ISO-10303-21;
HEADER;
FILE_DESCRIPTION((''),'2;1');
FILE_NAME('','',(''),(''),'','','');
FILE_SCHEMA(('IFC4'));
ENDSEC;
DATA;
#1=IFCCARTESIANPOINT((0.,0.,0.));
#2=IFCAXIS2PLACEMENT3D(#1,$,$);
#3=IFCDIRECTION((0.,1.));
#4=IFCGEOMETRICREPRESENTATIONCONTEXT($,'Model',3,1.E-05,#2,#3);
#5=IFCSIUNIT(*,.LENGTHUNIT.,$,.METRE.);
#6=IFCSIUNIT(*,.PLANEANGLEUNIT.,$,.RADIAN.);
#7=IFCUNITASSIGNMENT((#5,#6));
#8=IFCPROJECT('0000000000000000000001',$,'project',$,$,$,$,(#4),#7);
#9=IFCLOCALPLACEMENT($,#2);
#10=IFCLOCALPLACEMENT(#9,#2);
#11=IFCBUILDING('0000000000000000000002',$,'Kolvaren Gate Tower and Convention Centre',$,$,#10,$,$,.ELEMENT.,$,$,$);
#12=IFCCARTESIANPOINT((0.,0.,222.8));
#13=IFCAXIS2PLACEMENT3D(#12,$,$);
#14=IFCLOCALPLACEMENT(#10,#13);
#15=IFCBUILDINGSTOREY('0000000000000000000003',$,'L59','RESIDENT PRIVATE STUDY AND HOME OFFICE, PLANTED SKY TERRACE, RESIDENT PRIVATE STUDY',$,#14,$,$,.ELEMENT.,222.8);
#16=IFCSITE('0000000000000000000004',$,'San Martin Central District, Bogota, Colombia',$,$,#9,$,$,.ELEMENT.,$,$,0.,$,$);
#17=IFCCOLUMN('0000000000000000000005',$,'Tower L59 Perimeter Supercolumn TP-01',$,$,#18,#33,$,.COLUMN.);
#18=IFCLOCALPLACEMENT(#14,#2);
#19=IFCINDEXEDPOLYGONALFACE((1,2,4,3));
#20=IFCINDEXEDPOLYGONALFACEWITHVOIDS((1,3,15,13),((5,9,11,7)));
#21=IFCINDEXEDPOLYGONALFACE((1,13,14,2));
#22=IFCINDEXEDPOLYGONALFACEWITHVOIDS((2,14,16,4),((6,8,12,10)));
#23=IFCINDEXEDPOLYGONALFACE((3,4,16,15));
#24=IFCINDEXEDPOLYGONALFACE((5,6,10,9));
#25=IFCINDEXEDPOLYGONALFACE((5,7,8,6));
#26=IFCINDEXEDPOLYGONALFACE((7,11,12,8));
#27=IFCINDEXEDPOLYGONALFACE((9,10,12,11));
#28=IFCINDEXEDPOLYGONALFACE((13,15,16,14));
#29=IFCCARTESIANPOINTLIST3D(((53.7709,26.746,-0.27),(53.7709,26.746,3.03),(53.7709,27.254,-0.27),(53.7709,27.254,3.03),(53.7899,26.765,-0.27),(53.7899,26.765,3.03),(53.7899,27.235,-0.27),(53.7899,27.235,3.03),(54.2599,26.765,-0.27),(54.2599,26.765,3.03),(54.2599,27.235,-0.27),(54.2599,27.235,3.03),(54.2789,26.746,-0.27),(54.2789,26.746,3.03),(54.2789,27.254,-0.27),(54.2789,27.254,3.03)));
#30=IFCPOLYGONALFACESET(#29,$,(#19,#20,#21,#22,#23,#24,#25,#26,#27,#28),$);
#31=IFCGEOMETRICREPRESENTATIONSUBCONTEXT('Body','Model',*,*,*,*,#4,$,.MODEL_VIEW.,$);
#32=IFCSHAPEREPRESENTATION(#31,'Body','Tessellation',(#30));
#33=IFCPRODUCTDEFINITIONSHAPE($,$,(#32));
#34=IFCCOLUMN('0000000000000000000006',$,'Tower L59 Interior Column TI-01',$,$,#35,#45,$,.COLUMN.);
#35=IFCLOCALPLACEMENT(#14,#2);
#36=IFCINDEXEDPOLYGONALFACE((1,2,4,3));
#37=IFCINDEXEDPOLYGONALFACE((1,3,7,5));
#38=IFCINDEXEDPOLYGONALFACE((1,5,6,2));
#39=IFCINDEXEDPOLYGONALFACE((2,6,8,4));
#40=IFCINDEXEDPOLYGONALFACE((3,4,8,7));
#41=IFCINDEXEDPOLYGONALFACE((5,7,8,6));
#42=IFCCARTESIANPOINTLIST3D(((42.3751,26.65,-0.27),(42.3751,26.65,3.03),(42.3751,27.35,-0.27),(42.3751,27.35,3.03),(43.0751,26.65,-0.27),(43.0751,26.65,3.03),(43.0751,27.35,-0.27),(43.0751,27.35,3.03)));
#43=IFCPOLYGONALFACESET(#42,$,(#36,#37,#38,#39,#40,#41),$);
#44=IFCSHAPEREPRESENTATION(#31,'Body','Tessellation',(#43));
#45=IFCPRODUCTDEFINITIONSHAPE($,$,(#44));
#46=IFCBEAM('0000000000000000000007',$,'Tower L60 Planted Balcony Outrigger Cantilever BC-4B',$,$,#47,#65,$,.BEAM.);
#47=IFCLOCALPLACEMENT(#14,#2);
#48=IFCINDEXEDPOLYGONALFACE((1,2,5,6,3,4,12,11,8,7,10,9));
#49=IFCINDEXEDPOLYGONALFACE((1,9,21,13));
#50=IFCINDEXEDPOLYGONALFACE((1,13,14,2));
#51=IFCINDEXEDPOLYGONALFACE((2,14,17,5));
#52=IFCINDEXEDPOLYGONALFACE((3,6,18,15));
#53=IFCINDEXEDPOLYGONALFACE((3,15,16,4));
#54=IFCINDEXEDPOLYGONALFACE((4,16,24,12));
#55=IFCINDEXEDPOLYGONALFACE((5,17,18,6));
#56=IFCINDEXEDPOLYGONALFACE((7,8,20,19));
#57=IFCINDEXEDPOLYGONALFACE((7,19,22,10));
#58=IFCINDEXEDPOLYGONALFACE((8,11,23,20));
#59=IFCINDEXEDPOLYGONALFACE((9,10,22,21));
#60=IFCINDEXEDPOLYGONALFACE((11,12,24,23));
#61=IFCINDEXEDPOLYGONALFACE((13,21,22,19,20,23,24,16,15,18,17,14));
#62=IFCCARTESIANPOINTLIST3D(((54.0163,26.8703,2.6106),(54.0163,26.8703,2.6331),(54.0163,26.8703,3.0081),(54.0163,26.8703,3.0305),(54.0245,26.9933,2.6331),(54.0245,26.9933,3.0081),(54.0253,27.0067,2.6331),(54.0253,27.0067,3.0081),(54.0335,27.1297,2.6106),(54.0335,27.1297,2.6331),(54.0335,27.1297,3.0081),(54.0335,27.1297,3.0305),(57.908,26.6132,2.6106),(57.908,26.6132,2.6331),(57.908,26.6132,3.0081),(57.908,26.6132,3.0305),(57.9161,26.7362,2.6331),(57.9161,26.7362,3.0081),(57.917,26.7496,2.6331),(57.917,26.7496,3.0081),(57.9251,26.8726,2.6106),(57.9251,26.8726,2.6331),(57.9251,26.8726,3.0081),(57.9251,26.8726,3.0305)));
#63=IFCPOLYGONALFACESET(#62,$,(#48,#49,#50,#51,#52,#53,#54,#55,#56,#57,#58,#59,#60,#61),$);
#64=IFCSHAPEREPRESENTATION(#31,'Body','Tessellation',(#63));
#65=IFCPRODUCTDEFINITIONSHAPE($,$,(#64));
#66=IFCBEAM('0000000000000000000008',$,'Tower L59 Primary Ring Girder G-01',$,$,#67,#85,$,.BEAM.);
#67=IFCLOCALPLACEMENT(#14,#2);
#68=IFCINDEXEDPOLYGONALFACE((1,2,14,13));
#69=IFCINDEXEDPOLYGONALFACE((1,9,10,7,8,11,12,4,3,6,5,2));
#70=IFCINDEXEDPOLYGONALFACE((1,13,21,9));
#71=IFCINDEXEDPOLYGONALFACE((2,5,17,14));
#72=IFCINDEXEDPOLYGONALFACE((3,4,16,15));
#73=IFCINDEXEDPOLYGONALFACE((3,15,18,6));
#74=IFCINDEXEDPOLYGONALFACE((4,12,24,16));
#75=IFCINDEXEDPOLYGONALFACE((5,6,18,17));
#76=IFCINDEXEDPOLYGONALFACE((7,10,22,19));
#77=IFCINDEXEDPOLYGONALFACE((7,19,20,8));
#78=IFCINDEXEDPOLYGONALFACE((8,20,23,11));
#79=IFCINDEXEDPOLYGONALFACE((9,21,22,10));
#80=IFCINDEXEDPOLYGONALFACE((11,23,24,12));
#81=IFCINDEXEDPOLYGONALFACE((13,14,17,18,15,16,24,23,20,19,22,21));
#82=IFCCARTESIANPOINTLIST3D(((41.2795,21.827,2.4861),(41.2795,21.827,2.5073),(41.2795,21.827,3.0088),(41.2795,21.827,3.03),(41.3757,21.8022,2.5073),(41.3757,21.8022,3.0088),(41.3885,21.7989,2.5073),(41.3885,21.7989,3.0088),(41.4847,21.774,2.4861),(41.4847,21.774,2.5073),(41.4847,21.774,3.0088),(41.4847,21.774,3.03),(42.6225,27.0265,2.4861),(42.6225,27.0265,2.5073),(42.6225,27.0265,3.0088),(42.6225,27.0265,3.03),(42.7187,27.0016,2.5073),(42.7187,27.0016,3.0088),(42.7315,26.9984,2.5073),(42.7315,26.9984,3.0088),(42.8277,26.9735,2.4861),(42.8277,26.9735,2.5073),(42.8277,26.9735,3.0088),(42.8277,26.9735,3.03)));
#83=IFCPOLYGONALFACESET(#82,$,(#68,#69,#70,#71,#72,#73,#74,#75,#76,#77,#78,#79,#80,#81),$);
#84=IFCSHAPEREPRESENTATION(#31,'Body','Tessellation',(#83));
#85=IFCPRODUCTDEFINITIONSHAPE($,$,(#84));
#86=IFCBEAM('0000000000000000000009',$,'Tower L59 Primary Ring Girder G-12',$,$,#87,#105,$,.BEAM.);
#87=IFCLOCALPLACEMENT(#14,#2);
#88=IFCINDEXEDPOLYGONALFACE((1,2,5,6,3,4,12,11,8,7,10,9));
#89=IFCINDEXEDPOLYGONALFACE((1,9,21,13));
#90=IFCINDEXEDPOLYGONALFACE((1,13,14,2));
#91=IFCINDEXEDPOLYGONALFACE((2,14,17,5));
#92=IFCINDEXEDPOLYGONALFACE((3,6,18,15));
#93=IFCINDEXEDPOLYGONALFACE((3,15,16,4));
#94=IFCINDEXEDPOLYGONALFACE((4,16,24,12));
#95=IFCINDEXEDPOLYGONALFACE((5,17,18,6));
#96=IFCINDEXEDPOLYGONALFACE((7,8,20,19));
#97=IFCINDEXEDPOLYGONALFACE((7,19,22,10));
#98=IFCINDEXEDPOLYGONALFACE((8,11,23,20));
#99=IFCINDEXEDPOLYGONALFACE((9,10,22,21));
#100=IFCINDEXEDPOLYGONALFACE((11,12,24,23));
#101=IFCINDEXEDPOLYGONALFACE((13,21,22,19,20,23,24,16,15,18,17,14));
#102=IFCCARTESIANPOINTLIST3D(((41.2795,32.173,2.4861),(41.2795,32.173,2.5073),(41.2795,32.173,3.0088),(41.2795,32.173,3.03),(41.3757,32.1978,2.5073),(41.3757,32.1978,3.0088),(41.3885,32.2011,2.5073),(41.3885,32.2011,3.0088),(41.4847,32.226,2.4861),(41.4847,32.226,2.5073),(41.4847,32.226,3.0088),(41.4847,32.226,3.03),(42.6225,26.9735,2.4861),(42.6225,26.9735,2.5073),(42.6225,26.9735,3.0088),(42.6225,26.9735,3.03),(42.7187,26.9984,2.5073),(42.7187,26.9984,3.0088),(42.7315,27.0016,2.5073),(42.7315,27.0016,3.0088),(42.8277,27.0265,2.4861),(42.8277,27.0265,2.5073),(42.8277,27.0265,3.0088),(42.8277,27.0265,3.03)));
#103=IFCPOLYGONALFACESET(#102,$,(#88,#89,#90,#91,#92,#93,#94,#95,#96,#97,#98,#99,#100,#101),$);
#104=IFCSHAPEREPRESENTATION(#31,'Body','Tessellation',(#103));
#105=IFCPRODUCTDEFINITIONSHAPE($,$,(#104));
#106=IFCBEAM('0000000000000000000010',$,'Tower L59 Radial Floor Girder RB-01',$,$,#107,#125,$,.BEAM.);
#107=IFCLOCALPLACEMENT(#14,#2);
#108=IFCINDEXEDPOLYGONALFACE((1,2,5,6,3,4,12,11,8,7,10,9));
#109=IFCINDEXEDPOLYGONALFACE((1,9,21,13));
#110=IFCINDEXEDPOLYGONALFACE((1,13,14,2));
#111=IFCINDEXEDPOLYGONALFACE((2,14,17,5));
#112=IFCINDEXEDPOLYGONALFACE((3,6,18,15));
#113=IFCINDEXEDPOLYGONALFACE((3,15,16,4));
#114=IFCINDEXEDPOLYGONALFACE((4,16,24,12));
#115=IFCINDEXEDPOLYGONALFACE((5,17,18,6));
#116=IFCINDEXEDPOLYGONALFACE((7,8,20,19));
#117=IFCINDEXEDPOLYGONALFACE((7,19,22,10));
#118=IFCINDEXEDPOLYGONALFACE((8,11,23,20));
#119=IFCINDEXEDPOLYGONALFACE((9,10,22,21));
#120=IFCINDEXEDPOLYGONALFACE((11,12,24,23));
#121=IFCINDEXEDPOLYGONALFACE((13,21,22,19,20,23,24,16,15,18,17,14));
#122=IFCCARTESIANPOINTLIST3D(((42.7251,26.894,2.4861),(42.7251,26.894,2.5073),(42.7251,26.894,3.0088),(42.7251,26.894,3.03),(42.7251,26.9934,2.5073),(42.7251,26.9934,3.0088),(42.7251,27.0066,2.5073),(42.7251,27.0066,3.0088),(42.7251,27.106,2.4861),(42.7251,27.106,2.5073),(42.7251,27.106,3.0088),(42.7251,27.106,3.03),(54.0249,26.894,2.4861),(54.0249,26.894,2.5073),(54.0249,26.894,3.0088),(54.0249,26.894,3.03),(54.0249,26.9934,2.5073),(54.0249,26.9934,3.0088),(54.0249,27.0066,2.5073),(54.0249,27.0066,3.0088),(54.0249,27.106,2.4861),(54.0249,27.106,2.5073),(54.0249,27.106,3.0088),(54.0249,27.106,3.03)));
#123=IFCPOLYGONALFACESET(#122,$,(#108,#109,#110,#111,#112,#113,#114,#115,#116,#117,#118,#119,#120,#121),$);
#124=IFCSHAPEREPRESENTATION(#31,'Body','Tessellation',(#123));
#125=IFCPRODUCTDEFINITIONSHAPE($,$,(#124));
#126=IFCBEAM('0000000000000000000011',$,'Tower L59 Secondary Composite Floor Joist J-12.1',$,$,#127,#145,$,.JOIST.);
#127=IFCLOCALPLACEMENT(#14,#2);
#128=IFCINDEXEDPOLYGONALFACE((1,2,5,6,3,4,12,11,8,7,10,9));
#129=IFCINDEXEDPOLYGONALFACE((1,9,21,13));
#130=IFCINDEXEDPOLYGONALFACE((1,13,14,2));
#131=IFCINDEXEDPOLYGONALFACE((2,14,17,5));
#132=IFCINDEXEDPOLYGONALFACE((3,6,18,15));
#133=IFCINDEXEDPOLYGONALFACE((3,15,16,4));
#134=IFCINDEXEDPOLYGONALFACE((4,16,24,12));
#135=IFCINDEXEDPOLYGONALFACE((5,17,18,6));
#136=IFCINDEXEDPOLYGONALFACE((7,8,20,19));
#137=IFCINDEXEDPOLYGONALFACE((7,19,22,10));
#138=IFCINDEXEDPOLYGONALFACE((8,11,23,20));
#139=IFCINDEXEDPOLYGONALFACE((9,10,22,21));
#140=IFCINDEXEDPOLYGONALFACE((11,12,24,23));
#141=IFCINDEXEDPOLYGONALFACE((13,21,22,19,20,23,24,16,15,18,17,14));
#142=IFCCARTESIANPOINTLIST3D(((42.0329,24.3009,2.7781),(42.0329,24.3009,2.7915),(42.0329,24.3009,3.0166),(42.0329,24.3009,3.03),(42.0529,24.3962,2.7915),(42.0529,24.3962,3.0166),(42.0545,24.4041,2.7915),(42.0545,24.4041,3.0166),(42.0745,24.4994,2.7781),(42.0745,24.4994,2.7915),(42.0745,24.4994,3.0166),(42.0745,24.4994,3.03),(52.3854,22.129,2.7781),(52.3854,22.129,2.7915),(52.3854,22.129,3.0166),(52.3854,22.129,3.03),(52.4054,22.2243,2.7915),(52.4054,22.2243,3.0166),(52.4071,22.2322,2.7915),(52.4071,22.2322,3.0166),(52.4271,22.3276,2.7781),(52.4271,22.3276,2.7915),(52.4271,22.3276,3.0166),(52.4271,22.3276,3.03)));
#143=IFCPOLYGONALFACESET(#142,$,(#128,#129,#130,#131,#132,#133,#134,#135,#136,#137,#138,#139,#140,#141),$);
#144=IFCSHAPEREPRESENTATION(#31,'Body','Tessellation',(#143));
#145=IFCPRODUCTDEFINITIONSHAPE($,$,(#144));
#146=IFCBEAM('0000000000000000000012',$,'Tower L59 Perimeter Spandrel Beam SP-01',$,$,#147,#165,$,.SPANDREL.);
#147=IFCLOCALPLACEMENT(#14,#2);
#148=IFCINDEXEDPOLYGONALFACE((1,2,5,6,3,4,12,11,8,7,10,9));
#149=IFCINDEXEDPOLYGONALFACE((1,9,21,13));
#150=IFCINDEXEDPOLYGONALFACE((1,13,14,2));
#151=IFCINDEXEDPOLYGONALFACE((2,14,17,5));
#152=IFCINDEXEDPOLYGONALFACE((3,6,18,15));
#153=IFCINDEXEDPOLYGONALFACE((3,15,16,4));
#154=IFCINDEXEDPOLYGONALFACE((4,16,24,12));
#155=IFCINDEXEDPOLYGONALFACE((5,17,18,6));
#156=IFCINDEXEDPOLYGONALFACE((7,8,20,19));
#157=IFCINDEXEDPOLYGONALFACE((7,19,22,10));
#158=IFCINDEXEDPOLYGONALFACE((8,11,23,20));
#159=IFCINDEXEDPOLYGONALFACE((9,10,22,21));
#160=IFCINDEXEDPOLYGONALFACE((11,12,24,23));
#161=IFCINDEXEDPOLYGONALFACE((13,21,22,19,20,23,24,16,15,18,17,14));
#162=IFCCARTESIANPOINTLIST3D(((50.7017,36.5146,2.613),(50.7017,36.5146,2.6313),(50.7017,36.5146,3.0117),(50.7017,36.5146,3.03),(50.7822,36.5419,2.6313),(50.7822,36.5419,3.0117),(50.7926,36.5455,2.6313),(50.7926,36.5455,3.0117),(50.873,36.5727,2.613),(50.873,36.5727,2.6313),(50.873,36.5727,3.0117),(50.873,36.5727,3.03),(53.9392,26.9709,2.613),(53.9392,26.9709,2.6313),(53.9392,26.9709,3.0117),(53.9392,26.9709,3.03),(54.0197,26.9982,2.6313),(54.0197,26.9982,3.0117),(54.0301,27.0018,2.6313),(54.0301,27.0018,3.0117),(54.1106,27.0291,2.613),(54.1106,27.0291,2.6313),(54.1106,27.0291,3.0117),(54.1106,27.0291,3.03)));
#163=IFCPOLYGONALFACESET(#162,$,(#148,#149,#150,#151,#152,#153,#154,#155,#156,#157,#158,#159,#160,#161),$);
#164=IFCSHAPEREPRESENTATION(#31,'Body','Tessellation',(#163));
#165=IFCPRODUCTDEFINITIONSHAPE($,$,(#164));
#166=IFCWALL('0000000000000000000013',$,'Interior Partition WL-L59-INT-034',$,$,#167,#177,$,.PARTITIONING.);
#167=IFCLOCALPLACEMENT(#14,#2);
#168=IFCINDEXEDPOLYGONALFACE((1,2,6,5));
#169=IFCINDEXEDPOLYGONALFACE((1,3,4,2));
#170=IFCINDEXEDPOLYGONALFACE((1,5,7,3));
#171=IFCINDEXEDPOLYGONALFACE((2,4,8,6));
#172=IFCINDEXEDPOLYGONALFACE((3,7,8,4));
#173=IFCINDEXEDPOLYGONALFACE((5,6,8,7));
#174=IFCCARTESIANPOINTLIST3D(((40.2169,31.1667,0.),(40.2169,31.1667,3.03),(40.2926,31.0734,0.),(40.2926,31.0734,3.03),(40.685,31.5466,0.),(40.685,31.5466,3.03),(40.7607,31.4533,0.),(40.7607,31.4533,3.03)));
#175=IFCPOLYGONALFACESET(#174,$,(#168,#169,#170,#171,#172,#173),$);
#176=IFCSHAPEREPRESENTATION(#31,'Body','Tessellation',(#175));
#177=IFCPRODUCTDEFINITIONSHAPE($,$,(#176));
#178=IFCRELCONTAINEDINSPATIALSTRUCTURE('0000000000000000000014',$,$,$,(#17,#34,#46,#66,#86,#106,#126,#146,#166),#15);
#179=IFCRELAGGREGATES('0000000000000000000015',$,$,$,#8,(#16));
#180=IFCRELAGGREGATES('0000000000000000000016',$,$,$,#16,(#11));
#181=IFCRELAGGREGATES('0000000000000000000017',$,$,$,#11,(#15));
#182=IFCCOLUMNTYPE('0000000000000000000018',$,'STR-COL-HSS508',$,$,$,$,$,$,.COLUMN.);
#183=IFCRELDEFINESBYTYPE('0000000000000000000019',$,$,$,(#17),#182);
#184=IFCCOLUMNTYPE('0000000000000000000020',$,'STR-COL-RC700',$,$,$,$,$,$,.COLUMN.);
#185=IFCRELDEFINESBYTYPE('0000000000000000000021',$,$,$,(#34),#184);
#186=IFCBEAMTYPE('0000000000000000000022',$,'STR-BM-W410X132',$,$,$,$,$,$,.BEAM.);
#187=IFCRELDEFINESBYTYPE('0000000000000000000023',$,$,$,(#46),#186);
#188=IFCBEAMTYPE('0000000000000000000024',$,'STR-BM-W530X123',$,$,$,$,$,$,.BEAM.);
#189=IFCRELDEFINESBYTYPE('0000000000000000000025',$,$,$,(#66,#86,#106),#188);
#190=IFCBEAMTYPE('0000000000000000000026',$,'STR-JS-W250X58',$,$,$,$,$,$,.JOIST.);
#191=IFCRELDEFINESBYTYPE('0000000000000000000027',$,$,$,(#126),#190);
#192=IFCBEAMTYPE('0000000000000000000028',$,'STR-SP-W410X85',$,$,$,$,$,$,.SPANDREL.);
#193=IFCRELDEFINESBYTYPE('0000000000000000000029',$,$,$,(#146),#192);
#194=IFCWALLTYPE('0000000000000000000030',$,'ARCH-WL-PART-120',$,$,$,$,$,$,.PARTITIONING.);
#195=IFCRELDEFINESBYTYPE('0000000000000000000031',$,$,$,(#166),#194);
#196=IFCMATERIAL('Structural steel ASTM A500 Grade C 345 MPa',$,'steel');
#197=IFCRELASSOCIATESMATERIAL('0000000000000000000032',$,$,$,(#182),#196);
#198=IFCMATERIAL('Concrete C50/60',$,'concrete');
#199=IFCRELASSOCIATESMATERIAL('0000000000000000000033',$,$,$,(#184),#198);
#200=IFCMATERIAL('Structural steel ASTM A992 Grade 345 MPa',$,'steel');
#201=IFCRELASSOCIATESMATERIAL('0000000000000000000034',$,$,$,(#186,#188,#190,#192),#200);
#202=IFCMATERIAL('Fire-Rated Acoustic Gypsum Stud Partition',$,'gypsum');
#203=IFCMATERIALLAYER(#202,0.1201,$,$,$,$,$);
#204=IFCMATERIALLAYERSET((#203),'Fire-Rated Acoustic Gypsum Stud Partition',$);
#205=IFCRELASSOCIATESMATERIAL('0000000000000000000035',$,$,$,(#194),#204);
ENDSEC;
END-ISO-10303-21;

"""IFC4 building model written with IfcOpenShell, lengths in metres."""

from ifc_helpers import new_model, si_unit, direction, frame, frame_2d, origin, origin_2d, place, context, subcontext, project, spatial, rectangle, hollow_rectangle, i_section, extrude, material, layer, layer_set, material_profile, profile_set, type_object, element, save


model = new_model("IFC4")

# Units and contexts
model_context = context("Model", 3, precision=1e-05, world=origin(), true_north=direction((0.0, 1.0)))
body_context = subcontext(model_context, "Body", "Model", "MODEL_VIEW")
ifc_project = project(units=[si_unit("LENGTHUNIT", "METRE"), si_unit("PLANEANGLEUNIT", "RADIAN")], contexts=[model_context])

# Site, building, storey
site_placement = place(None, origin())
site = spatial("IfcSite", under=ifc_project, at=site_placement, Name="San Martin Central District, Bogota, Colombia", CompositionType="ELEMENT", RefElevation=0.0)
building_placement = place(site_placement, origin())
building = spatial("IfcBuilding", under=site, at=building_placement, Name="Kolvaren Gate Tower and Convention Centre", CompositionType="ELEMENT")
storey_placement = place(building_placement, frame((0.0, 0.0, 222.8)))
storey = spatial("IfcBuildingStorey", under=building, at=storey_placement, Name="L59", Description="RESIDENT PRIVATE STUDY AND HOME OFFICE, PLANTED SKY TERRACE, RESIDENT PRIVATE STUDY", CompositionType="ELEMENT", Elevation=222.8)

# Columns
ifc_material_1 = material(Name="Structural steel ASTM A500 Grade C 345 MPa", Category="steel")
ifc_material_profile_1 = material_profile(ifc_material_1, hollow_rectangle(XDim=0.5081, YDim=0.5081, WallThickness=0.019, at=origin_2d()), Name="HSS508X508X19.1")
ifc_profile_set_1 = profile_set([ifc_material_profile_1], Name="Structural steel ASTM A500 Grade C 345 MPa")
column_type_1 = type_object("IfcColumnType", Name="STR-COL-HSS508", PredefinedType="COLUMN", material=ifc_profile_set_1)
column_1_placement = place(storey_placement, frame((54.0249, 27.0, -0.27), z_axis=(0.0, 0.0, 1.0), x_axis=(1.0, 0.0, 0.0)))
element("IfcColumn", 1, at=column_1_placement, inside=storey, type_object=column_type_1, Name="Tower L59 Perimeter Supercolumn TP-01", PredefinedType="COLUMN", context=body_context, shape_type="SweptSolid", body=[
    extrude(hollow_rectangle(XDim=0.5081, YDim=0.5081, WallThickness=0.019, at=origin_2d()), origin(), (0.0, 0.0, 1.0), 3.3),
])
ifc_material_2 = material(Name="Concrete C50/60", Category="concrete")
ifc_material_profile_2 = material_profile(ifc_material_2, rectangle(XDim=0.7, YDim=0.7, at=origin_2d()), Name="RC-COL-700X700")
ifc_profile_set_2 = profile_set([ifc_material_profile_2], Name="Concrete C50/60")
column_type_2 = type_object("IfcColumnType", Name="STR-COL-RC700", PredefinedType="COLUMN", material=ifc_profile_set_2)
column_2_placement = place(storey_placement, frame((42.7251, 27.0, -0.27), z_axis=(0.0, 0.0, 1.0), x_axis=(1.0, 0.0, 0.0)))
element("IfcColumn", 2, at=column_2_placement, inside=storey, type_object=column_type_2, Name="Tower L59 Interior Column TI-01", PredefinedType="COLUMN", context=body_context, shape_type="SweptSolid", body=[
    extrude(rectangle(XDim=0.7, YDim=0.7, at=origin_2d()), origin(), (0.0, 0.0, 1.0), 3.3),
])

# Beams
ifc_material_3 = material(Name="Structural steel ASTM A992 Grade 345 MPa", Category="steel")
ifc_material_profile_3 = material_profile(ifc_material_3, i_section(OverallWidth=0.26, OverallDepth=0.4199, WebThickness=0.0134, FlangeThickness=0.0225, at=origin_2d()), Name="W410X132")
ifc_profile_set_3 = profile_set([ifc_material_profile_3], Name="Structural steel ASTM A992 Grade 345 MPa")
beam_type_1 = type_object("IfcBeamType", Name="STR-BM-W410X132", PredefinedType="BEAM", material=ifc_profile_set_3)
beam_1_placement = place(storey_placement, frame((54.0249, 27.0, 2.8206), z_axis=(0.997825, -0.065917, 0.0), x_axis=(0.065917, 0.997825, 0.0)))
element("IfcBeam", 3, at=beam_1_placement, inside=storey, type_object=beam_type_1, Name="Tower L60 Planted Balcony Outrigger Cantilever BC-4B", PredefinedType="BEAM", context=body_context, shape_type="SweptSolid", body=[
    extrude(i_section(OverallWidth=0.26, OverallDepth=0.4199, WebThickness=0.0134, FlangeThickness=0.0225, at=origin_2d()), origin(), (0.0, 0.0, 1.0), 3.9001),
])
ifc_material_profile_4 = material_profile(ifc_material_3, i_section(OverallWidth=0.2119, OverallDepth=0.5439, WebThickness=0.0132, FlangeThickness=0.0212, at=origin_2d()), Name="W530X123")
ifc_profile_set_4 = profile_set([ifc_material_profile_4], Name="Structural steel ASTM A992 Grade 345 MPa")
beam_type_2 = type_object("IfcBeamType", Name="STR-BM-W530X123", PredefinedType="BEAM", material=ifc_profile_set_4)
for number, where, z_axis, x_axis, name in (
    (4, (42.7251, 27.0, 2.7581), (-0.250091, -0.968222, 0.0), (0.968222, -0.250091, 0.0), "Tower L59 Primary Ring Girder G-01"),
    (5, (42.7251, 27.0, 2.7581), (-0.250091, 0.968222, 0.0), (-0.968222, -0.250091, 0.0), "Tower L59 Primary Ring Girder G-12"),
):
    element("IfcBeam", number, at=place(storey_placement, frame(where, z_axis=z_axis, x_axis=x_axis)), inside=storey, type_object=beam_type_2, Name=name, PredefinedType="BEAM", context=body_context, shape_type="SweptSolid", body=[
        extrude(i_section(OverallWidth=0.2119, OverallDepth=0.5439, WebThickness=0.0132, FlangeThickness=0.0212, at=origin_2d()), origin(), (0.0, 0.0, 1.0), 5.3701),
    ])
beam_2_placement = place(storey_placement, frame((42.7251, 27.0, 2.7581), z_axis=(1.0, 0.0, 0.0), x_axis=(0.0, 1.0, 0.0)))
element("IfcBeam", 6, at=beam_2_placement, inside=storey, type_object=beam_type_2, Name="Tower L59 Radial Floor Girder RB-01", PredefinedType="BEAM", context=body_context, shape_type="SweptSolid", body=[
    extrude(i_section(OverallWidth=0.2119, OverallDepth=0.5439, WebThickness=0.0132, FlangeThickness=0.0212, at=origin_2d()), origin(), (0.0, 0.0, 1.0), 11.2998),
])
ifc_material_profile_5 = material_profile(ifc_material_3, i_section(OverallWidth=0.2029, OverallDepth=0.252, WebThickness=0.0081, FlangeThickness=0.0134, at=origin_2d()), Name="W250X58")
ifc_profile_set_5 = profile_set([ifc_material_profile_5], Name="Structural steel ASTM A992 Grade 345 MPa")
beam_type_3 = type_object("IfcBeamType", Name="STR-JS-W250X58", PredefinedType="JOIST", material=ifc_profile_set_5)
beam_3_placement = place(storey_placement, frame((42.0537, 24.4001, 2.9041), z_axis=(0.978695, -0.205322, 0.0), x_axis=(0.205322, 0.978695, 0.0)))
element("IfcBeam", 7, at=beam_3_placement, inside=storey, type_object=beam_type_3, Name="Tower L59 Secondary Composite Floor Joist J-12.1", PredefinedType="JOIST", context=body_context, shape_type="SweptSolid", body=[
    extrude(i_section(OverallWidth=0.2029, OverallDepth=0.252, WebThickness=0.0081, FlangeThickness=0.0134, at=origin_2d()), origin(), (0.0, 0.0, 1.0), 10.5779),
])
ifc_material_profile_6 = material_profile(ifc_material_3, i_section(OverallWidth=0.1809, OverallDepth=0.417, WebThickness=0.011, FlangeThickness=0.0183, at=origin_2d()), Name="W410X85")
ifc_profile_set_6 = profile_set([ifc_material_profile_6], Name="Structural steel ASTM A992 Grade 345 MPa")
beam_type_4 = type_object("IfcBeamType", Name="STR-SP-W410X85", PredefinedType="SPANDREL", material=ifc_profile_set_6)
beam_4_placement = place(storey_placement, frame((54.0249, 27.0, 2.8215), z_axis=(-0.321253, 0.946994, 0.0), x_axis=(-0.946994, -0.321253, 0.0)))
element("IfcBeam", 8, at=beam_4_placement, inside=storey, type_object=beam_type_4, Name="Tower L59 Perimeter Spandrel Beam SP-01", PredefinedType="SPANDREL", context=body_context, shape_type="SweptSolid", body=[
    extrude(i_section(OverallWidth=0.1809, OverallDepth=0.417, WebThickness=0.011, FlangeThickness=0.0183, at=origin_2d()), origin(), (0.0, 0.0, 1.0), 10.0779),
])

# Wall
ifc_material_4 = material(Name="Fire-Rated Acoustic Gypsum Stud Partition", Category="gypsum")
ifc_layer = layer(ifc_material_4, 0.1201)
ifc_layer_set = layer_set([ifc_layer], Name="Fire-Rated Acoustic Gypsum Stud Partition")
wall_type = type_object("IfcWallType", Name="ARCH-WL-PART-120", PredefinedType="PARTITIONING", material=ifc_layer_set)
wall_1_placement = place(storey_placement, frame((40.2549, 31.1201, 0.0), z_axis=(0.0, 0.0, 1.0), x_axis=(0.776424, 0.630211, 0.0)))
element("IfcWall", 9, at=wall_1_placement, inside=storey, type_object=wall_type, Name="Interior Partition WL-L59-INT-034", PredefinedType="PARTITIONING", context=body_context, shape_type="SweptSolid", body=[
    extrude(rectangle(XDim=0.6028, YDim=0.1201, at=frame_2d((0.3013, 0.0))), origin(), (0.0, 0.0, 1.0), 3.03),
])

save(model, "model.ifc")
